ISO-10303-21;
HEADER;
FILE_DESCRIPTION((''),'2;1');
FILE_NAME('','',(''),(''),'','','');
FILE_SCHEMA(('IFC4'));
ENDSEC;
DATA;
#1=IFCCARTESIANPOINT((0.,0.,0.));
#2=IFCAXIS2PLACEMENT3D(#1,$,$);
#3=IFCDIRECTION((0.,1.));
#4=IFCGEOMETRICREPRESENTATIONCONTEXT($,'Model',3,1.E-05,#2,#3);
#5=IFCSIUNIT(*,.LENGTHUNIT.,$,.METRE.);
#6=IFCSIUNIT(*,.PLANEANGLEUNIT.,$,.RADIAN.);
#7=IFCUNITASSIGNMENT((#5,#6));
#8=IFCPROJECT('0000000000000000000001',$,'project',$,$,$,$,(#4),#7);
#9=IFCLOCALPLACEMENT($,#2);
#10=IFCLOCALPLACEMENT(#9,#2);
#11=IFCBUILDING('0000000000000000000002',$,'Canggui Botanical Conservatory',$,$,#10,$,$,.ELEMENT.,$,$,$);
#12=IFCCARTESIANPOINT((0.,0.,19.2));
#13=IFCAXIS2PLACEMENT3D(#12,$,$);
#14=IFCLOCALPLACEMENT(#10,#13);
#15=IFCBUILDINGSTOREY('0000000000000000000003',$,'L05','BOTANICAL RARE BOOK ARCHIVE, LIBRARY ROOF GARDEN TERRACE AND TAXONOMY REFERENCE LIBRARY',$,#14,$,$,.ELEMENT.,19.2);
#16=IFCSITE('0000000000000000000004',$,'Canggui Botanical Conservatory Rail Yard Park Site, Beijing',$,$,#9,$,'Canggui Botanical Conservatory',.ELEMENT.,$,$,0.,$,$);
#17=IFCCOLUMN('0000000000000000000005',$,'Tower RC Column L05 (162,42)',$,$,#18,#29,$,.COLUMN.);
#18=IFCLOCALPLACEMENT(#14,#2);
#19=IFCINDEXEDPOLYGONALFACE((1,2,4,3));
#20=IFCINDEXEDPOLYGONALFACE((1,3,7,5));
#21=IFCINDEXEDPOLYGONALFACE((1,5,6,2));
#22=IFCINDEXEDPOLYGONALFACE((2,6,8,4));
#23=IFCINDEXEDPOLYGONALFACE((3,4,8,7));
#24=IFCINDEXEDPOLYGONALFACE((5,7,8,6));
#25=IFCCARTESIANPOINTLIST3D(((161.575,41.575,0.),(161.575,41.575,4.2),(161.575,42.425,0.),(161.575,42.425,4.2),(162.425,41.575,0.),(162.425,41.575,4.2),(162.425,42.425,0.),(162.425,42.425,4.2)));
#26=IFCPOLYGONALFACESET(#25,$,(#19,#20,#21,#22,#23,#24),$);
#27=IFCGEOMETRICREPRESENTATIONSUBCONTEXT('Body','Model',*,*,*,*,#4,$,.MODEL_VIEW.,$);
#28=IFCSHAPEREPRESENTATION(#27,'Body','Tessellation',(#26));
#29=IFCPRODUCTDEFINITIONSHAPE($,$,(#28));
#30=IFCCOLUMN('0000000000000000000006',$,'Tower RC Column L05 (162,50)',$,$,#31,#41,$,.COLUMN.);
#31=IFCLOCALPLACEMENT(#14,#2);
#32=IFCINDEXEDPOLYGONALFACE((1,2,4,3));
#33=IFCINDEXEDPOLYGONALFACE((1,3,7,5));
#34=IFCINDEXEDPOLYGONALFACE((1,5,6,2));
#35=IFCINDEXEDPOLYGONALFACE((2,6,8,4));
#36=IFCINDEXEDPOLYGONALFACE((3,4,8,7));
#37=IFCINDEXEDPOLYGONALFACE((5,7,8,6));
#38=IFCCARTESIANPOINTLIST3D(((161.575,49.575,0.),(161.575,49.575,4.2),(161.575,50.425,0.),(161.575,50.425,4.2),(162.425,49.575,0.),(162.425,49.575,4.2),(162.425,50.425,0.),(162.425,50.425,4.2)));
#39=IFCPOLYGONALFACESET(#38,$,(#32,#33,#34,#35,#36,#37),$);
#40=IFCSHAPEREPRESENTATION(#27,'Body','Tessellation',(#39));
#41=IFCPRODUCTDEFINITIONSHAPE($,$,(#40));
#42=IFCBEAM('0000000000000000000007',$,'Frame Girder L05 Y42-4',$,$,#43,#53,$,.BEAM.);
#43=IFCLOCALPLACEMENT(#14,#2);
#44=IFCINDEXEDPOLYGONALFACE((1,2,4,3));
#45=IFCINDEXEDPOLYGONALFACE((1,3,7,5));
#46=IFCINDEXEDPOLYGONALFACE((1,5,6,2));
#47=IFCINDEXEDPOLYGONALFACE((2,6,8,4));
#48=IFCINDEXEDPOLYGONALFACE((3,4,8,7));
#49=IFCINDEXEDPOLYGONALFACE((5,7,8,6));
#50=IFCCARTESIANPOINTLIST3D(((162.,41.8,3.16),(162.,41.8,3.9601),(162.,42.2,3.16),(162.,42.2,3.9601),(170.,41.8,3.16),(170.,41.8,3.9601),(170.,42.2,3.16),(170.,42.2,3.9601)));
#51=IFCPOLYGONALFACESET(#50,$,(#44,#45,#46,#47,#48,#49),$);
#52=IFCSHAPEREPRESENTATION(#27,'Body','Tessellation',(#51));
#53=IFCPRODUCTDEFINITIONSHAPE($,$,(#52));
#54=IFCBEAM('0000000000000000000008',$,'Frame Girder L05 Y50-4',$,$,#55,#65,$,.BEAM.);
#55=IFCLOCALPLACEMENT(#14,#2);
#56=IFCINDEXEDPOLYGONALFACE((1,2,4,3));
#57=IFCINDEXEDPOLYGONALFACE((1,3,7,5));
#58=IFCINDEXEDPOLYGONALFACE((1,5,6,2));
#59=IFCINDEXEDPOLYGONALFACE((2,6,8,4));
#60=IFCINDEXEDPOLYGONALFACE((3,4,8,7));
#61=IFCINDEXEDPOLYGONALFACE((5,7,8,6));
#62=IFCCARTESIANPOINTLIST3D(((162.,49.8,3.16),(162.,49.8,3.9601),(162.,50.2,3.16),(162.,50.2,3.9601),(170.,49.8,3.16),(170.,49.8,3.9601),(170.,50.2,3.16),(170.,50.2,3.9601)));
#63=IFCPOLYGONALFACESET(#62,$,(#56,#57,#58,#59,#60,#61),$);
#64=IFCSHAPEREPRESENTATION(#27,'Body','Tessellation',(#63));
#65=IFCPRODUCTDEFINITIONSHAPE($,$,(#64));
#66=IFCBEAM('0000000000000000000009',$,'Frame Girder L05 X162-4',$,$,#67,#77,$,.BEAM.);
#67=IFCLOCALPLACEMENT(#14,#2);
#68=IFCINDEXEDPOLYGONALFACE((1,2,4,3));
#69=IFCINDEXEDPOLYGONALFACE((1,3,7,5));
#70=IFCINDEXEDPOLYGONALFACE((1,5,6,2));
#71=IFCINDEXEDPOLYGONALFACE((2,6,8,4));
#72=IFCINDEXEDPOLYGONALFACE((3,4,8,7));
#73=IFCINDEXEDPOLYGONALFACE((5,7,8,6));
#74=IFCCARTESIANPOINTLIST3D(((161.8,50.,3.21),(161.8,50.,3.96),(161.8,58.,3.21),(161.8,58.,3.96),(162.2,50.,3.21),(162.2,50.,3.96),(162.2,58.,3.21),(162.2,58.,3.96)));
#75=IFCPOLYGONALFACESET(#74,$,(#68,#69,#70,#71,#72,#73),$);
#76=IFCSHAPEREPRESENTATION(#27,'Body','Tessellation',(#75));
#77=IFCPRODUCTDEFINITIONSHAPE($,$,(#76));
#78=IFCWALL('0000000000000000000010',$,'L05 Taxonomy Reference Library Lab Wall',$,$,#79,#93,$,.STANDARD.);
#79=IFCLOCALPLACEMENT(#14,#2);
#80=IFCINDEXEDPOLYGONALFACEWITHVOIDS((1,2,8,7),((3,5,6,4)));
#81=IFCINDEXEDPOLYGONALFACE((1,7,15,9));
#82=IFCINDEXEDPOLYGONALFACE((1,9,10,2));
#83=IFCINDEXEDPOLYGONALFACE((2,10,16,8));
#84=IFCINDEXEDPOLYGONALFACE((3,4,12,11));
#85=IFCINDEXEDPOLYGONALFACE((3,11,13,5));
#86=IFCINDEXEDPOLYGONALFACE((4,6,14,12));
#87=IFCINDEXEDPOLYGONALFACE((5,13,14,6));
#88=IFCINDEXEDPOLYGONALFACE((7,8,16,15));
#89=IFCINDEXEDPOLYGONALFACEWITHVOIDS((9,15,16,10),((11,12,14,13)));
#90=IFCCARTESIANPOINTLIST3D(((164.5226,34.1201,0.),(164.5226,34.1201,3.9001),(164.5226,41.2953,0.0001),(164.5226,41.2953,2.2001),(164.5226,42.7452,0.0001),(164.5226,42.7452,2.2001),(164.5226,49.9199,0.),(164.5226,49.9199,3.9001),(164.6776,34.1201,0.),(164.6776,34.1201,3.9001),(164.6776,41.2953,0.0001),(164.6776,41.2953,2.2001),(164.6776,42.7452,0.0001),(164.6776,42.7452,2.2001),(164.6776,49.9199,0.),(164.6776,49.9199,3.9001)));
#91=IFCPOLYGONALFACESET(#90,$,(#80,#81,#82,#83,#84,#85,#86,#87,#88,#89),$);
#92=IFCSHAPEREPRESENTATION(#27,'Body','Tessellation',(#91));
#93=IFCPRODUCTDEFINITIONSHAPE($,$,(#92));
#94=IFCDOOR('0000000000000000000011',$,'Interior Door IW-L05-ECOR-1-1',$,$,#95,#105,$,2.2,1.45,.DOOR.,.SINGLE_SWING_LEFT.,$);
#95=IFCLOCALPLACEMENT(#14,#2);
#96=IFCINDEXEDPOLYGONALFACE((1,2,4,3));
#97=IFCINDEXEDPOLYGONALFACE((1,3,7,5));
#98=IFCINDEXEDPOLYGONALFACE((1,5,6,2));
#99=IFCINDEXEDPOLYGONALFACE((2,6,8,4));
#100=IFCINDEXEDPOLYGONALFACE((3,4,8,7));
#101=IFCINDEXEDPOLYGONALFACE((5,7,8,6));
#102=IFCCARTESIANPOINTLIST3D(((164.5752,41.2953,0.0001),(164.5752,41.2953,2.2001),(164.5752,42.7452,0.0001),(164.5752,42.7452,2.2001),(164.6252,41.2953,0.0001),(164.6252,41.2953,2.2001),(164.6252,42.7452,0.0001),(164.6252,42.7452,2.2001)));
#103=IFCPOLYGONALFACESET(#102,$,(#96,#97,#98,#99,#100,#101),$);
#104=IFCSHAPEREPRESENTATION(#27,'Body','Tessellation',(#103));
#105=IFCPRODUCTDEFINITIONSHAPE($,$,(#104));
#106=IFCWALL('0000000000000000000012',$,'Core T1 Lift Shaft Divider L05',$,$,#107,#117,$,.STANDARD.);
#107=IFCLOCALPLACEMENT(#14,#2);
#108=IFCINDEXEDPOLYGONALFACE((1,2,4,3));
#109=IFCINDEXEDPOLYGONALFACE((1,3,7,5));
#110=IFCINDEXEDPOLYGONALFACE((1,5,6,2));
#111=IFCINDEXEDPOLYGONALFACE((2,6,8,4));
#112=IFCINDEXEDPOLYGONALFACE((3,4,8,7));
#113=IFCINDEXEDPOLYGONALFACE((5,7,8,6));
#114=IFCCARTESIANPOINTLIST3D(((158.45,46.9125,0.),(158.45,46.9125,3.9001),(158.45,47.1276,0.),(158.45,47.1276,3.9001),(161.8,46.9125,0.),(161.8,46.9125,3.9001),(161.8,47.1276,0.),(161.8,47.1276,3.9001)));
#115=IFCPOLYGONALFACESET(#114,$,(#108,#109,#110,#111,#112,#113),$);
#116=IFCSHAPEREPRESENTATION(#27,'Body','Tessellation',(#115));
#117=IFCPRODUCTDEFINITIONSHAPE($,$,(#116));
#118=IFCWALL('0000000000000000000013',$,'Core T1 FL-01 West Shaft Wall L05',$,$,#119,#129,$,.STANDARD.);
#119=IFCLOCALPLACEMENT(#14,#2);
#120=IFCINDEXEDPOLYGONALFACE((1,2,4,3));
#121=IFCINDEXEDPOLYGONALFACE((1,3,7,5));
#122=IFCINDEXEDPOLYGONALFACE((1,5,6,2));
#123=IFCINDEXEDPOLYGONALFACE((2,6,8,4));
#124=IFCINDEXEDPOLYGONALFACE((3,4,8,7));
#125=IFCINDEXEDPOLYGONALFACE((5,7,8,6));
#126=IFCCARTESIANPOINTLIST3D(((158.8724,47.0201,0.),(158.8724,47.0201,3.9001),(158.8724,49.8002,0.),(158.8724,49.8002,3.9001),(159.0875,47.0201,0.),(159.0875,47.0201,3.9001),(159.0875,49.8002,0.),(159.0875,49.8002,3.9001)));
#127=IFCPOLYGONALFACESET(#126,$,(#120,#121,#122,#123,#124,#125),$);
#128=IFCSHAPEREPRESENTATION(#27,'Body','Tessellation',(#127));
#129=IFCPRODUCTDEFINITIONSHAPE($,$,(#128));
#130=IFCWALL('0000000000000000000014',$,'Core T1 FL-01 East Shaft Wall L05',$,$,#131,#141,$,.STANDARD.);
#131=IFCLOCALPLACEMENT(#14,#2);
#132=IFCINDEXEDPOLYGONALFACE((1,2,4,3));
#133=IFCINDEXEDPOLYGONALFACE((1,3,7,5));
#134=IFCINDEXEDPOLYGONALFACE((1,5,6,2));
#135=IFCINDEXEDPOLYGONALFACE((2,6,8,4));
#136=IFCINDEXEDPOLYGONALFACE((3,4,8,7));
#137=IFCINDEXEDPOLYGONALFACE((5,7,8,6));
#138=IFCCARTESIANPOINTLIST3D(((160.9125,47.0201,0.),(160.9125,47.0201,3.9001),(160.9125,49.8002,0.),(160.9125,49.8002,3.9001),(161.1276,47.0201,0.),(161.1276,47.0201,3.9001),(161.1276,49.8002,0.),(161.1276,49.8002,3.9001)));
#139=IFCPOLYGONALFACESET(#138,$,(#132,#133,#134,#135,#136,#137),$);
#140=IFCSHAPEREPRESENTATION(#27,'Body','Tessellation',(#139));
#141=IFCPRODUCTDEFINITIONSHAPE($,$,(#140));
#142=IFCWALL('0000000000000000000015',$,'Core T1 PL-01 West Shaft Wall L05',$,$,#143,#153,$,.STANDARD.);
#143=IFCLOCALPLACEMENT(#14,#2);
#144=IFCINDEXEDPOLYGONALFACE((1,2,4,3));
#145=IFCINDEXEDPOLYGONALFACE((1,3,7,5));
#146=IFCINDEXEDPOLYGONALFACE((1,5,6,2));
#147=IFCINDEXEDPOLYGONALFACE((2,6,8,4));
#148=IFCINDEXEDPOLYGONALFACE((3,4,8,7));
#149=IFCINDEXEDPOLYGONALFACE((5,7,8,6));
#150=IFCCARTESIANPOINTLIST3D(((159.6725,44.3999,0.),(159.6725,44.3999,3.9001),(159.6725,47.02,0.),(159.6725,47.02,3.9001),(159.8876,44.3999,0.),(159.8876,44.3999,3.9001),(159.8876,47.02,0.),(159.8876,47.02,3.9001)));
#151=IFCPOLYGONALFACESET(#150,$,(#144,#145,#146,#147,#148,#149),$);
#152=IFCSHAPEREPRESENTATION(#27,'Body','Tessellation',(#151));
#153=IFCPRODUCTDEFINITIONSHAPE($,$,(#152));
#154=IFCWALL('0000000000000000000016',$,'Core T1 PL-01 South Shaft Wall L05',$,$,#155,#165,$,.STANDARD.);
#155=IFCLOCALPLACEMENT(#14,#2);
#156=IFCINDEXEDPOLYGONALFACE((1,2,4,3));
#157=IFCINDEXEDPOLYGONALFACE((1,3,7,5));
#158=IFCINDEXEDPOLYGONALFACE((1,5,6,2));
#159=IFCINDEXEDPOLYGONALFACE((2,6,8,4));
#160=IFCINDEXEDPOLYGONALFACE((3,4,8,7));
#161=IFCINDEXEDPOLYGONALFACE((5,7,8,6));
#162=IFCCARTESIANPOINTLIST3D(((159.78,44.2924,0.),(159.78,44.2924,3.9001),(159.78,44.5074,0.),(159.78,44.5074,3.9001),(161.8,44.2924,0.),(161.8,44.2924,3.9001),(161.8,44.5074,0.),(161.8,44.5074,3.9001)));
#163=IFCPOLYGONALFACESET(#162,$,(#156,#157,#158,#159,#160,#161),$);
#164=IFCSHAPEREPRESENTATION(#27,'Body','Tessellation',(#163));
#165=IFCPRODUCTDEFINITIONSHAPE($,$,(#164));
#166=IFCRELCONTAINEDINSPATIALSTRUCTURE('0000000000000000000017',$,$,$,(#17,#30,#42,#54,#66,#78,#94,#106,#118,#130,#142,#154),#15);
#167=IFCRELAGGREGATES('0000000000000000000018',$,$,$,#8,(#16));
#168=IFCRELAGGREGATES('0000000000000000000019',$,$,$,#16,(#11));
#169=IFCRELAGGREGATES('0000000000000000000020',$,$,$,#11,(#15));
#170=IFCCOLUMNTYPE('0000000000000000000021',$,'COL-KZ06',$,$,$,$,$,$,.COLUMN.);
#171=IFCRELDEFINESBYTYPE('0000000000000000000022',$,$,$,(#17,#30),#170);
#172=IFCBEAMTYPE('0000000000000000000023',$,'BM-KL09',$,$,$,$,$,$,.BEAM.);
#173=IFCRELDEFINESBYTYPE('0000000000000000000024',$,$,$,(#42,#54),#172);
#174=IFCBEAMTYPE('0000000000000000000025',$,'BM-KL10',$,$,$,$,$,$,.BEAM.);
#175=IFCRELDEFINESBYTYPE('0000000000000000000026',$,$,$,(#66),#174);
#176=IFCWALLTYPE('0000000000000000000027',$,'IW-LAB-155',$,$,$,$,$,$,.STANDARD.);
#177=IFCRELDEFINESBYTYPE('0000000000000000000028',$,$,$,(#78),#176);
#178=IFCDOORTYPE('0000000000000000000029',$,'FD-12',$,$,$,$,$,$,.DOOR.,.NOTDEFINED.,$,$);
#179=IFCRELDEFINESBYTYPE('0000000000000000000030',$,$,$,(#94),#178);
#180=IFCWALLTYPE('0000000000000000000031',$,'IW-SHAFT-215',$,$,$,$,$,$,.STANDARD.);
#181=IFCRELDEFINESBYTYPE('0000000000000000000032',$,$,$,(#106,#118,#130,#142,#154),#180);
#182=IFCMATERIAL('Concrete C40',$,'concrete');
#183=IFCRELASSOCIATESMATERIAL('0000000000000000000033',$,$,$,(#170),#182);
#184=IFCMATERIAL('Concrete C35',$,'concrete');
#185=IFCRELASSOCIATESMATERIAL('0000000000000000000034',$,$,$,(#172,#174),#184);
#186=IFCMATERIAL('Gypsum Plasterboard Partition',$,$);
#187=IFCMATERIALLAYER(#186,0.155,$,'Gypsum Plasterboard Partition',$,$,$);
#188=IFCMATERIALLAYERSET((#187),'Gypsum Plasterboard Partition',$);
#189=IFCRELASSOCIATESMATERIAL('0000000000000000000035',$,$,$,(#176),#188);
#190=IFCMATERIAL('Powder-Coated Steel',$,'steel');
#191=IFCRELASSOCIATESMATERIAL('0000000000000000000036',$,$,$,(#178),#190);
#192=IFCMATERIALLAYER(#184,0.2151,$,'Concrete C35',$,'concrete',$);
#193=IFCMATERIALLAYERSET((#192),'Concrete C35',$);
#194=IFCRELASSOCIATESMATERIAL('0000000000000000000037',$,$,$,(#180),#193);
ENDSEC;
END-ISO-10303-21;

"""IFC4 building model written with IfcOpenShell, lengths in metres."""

from ifc_helpers import new_model, si_unit, direction, frame, frame_2d, origin, origin_2d, place, context, subcontext, project, spatial, rectangle, extrude, material, layer, layer_set, material_profile, profile_set, type_object, element, fill, save


model = new_model("IFC4")

# Units and contexts
model_context = context("Model", 3, precision=1e-05, world=origin(), true_north=direction((0.0, 1.0)))
body_context = subcontext(model_context, "Body", "Model", "MODEL_VIEW")
ifc_project = project(units=[si_unit("LENGTHUNIT", "METRE"), si_unit("PLANEANGLEUNIT", "RADIAN")], contexts=[model_context])

# Site, building, storey
site_placement = place(None, origin())
site = spatial("IfcSite", under=ifc_project, at=site_placement, Name="Canggui Botanical Conservatory Rail Yard Park Site, Beijing", LongName="Canggui Botanical Conservatory", CompositionType="ELEMENT", RefElevation=0.0)
building_placement = place(site_placement, origin())
building = spatial("IfcBuilding", under=site, at=building_placement, Name="Canggui Botanical Conservatory", CompositionType="ELEMENT")
storey_placement = place(building_placement, frame((0.0, 0.0, 19.2)))
storey = spatial("IfcBuildingStorey", under=building, at=storey_placement, Name="L05", Description="BOTANICAL RARE BOOK ARCHIVE, LIBRARY ROOF GARDEN TERRACE AND TAXONOMY REFERENCE LIBRARY", CompositionType="ELEMENT", Elevation=19.2)

# Columns
ifc_material_1 = material(Name="Concrete C40", Category="concrete")
ifc_material_profile_1 = material_profile(ifc_material_1, rectangle(XDim=0.8501, YDim=0.8501, at=origin_2d()), Name="RC 850x850")
ifc_profile_set_1 = profile_set([ifc_material_profile_1], Name="Concrete C40")
column_type = type_object("IfcColumnType", Name="COL-KZ06", PredefinedType="COLUMN", material=ifc_profile_set_1)
for number, where, z_axis, x_axis, name in (
    (1, (162.0, 42.0, 0.0), (0.0, 0.0, 1.0), (1.0, 0.0, 0.0), "Tower RC Column L05 (162,42)"),
    (2, (162.0, 50.0, 0.0), (0.0, 0.0, 1.0), (1.0, 0.0, 0.0), "Tower RC Column L05 (162,50)"),
):
    element("IfcColumn", number, at=place(storey_placement, frame(where, z_axis=z_axis, x_axis=x_axis)), inside=storey, type_object=column_type, Name=name, PredefinedType="COLUMN", context=body_context, shape_type="SweptSolid", body=[
        extrude(rectangle(XDim=0.8501, YDim=0.8501, at=origin_2d()), origin(), (0.0, 0.0, 1.0), 4.2),
    ])

# Beams
ifc_material_2 = material(Name="Concrete C35", Category="concrete")
ifc_material_profile_2 = material_profile(ifc_material_2, rectangle(XDim=0.3999, YDim=0.8, at=origin_2d()), Name="RB 400x800")
ifc_profile_set_2 = profile_set([ifc_material_profile_2], Name="Concrete C35")
beam_type_1 = type_object("IfcBeamType", Name="BM-KL09", PredefinedType="BEAM", material=ifc_profile_set_2)
for number, where, z_axis, x_axis, name in (
    (3, (162.0, 42.0, 3.5601), (1.0, 0.0, 0.0), (0.0, 1.0, 0.0), "Frame Girder L05 Y42-4"),
    (4, (162.0, 50.0, 3.5601), (1.0, 0.0, 0.0), (0.0, 1.0, 0.0), "Frame Girder L05 Y50-4"),
):
    element("IfcBeam", number, at=place(storey_placement, frame(where, z_axis=z_axis, x_axis=x_axis)), inside=storey, type_object=beam_type_1, Name=name, PredefinedType="BEAM", context=body_context, shape_type="SweptSolid", body=[
        extrude(rectangle(XDim=0.3999, YDim=0.8, at=origin_2d()), origin(), (0.0, 0.0, 1.0), 8.0),
    ])
ifc_material_profile_3 = material_profile(ifc_material_2, rectangle(XDim=0.3999, YDim=0.75, at=origin_2d()), Name="RB 400x750")
ifc_profile_set_3 = profile_set([ifc_material_profile_3], Name="Concrete C35")
beam_type_2 = type_object("IfcBeamType", Name="BM-KL10", PredefinedType="BEAM", material=ifc_profile_set_3)
beam_placement = place(storey_placement, frame((162.0, 50.0, 3.585), z_axis=(0.0, 1.0, 0.0), x_axis=(-1.0, 0.0, 0.0)))
element("IfcBeam", 5, at=beam_placement, inside=storey, type_object=beam_type_2, Name="Frame Girder L05 X162-4", PredefinedType="BEAM", context=body_context, shape_type="SweptSolid", body=[
    extrude(rectangle(XDim=0.3999, YDim=0.75, at=origin_2d()), origin(), (0.0, 0.0, 1.0), 8.0),
])

# Wall, opening, door
ifc_material_3 = material(Name="Gypsum Plasterboard Partition")
ifc_layer_1 = layer(ifc_material_3, 0.155, Name="Gypsum Plasterboard Partition")
ifc_layer_set_1 = layer_set([ifc_layer_1], Name="Gypsum Plasterboard Partition")
wall_type_1 = type_object("IfcWallType", Name="IW-LAB-155", PredefinedType="STANDARD", material=ifc_layer_set_1)
wall_1_placement = place(storey_placement, frame((164.6001, 34.1201, 0.0), z_axis=(0.0, 0.0, 1.0), x_axis=(0.0, 1.0, 0.0)))
wall_1 = element("IfcWall", 6, at=wall_1_placement, inside=storey, type_object=wall_type_1, Name="L05 Taxonomy Reference Library Lab Wall", PredefinedType="STANDARD", context=body_context, shape_type="SweptSolid", body=[
    extrude(rectangle(XDim=15.7998, YDim=0.155, at=frame_2d((7.8999, 0.0))), origin(), (0.0, 0.0, 1.0), 3.9001),
])
opening_1_placement = place(wall_1_placement, frame((7.175, 0.0, 0.0)))
opening_1 = element("IfcOpeningElement", 7, at=opening_1_placement, cuts=wall_1, PredefinedType="OPENING", context=body_context, shape_type="SweptSolid", body=[
    extrude(rectangle(XDim=1.45, YDim=2.2, at=frame_2d((0.7251, 1.1001))), frame((0.0, 0.0874, 0.0), z_axis=(0.0, -1.0, 0.0), x_axis=(1.0, 0.0, 0.0)), (0.0, 0.0, 1.0), 0.175),
])
ifc_material_4 = material(Name="Powder-Coated Steel", Category="steel")
door_type_1 = type_object("IfcDoorType", Name="FD-12", OperationType="NOTDEFINED", PredefinedType="DOOR", material=ifc_material_4)
door_1_placement = place(opening_1_placement, origin())
door_1 = element("IfcDoor", 8, at=door_1_placement, inside=storey, type_object=door_type_1, Name="Interior Door IW-L05-ECOR-1-1", OperationType="SINGLE_SWING_LEFT", OverallHeight=2.2, OverallWidth=1.45, PredefinedType="DOOR", context=body_context, shape_type="SweptSolid", body=[
    extrude(rectangle(XDim=1.45, YDim=2.2, at=frame_2d((0.7251, 1.1001))), frame((0.0, 0.0249, 0.0), z_axis=(0.0, -1.0, 0.0), x_axis=(1.0, 0.0, 0.0)), (0.0, 0.0, 1.0), 0.05),
])
fill(opening_1, door_1)

# Walls
ifc_layer_2 = layer(ifc_material_2, 0.2151, Name="Concrete C35", Category="concrete")
ifc_layer_set_2 = layer_set([ifc_layer_2], Name="Concrete C35")
wall_type_2 = type_object("IfcWallType", Name="IW-SHAFT-215", PredefinedType="STANDARD", material=ifc_layer_set_2)
wall_2_placement = place(storey_placement, frame((158.45, 47.02, 0.0), z_axis=(0.0, 0.0, 1.0), x_axis=(1.0, 0.0, 0.0)))
element("IfcWall", 9, at=wall_2_placement, inside=storey, type_object=wall_type_2, Name="Core T1 Lift Shaft Divider L05", PredefinedType="STANDARD", context=body_context, shape_type="SweptSolid", body=[
    extrude(rectangle(XDim=3.3501, YDim=0.2151, at=frame_2d((1.675, 0.0))), origin(), (0.0, 0.0, 1.0), 3.9001),
])
for number, where, z_axis, x_axis, name in (
    (10, (158.98, 47.02, 0.0), (0.0, 0.0, 1.0), (0.0, 1.0, 0.0), "Core T1 FL-01 West Shaft Wall L05"),
    (11, (161.02, 47.02, 0.0), (0.0, 0.0, 1.0), (0.0, 1.0, 0.0), "Core T1 FL-01 East Shaft Wall L05"),
):
    element("IfcWall", number, at=place(storey_placement, frame(where, z_axis=z_axis, x_axis=x_axis)), inside=storey, type_object=wall_type_2, Name=name, PredefinedType="STANDARD", context=body_context, shape_type="SweptSolid", body=[
        extrude(rectangle(XDim=2.78, YDim=0.2151, at=frame_2d((1.3901, 0.0))), origin(), (0.0, 0.0, 1.0), 3.9001),
    ])
wall_3_placement = place(storey_placement, frame((159.78, 44.3999, 0.0), z_axis=(0.0, 0.0, 1.0), x_axis=(0.0, 1.0, 0.0)))
element("IfcWall", 12, at=wall_3_placement, inside=storey, type_object=wall_type_2, Name="Core T1 PL-01 West Shaft Wall L05", PredefinedType="STANDARD", context=body_context, shape_type="SweptSolid", body=[
    extrude(rectangle(XDim=2.6201, YDim=0.2151, at=frame_2d((1.3101, 0.0))), origin(), (0.0, 0.0, 1.0), 3.9001),
])
wall_4_placement = place(storey_placement, frame((159.78, 44.3999, 0.0), z_axis=(0.0, 0.0, 1.0), x_axis=(1.0, 0.0, 0.0)))
element("IfcWall", 13, at=wall_4_placement, inside=storey, type_object=wall_type_2, Name="Core T1 PL-01 South Shaft Wall L05", PredefinedType="STANDARD", context=body_context, shape_type="SweptSolid", body=[
    extrude(rectangle(XDim=2.02, YDim=0.2151, at=frame_2d((1.01, 0.0))), origin(), (0.0, 0.0, 1.0), 3.9001),
])

save(model, "model.ifc")
